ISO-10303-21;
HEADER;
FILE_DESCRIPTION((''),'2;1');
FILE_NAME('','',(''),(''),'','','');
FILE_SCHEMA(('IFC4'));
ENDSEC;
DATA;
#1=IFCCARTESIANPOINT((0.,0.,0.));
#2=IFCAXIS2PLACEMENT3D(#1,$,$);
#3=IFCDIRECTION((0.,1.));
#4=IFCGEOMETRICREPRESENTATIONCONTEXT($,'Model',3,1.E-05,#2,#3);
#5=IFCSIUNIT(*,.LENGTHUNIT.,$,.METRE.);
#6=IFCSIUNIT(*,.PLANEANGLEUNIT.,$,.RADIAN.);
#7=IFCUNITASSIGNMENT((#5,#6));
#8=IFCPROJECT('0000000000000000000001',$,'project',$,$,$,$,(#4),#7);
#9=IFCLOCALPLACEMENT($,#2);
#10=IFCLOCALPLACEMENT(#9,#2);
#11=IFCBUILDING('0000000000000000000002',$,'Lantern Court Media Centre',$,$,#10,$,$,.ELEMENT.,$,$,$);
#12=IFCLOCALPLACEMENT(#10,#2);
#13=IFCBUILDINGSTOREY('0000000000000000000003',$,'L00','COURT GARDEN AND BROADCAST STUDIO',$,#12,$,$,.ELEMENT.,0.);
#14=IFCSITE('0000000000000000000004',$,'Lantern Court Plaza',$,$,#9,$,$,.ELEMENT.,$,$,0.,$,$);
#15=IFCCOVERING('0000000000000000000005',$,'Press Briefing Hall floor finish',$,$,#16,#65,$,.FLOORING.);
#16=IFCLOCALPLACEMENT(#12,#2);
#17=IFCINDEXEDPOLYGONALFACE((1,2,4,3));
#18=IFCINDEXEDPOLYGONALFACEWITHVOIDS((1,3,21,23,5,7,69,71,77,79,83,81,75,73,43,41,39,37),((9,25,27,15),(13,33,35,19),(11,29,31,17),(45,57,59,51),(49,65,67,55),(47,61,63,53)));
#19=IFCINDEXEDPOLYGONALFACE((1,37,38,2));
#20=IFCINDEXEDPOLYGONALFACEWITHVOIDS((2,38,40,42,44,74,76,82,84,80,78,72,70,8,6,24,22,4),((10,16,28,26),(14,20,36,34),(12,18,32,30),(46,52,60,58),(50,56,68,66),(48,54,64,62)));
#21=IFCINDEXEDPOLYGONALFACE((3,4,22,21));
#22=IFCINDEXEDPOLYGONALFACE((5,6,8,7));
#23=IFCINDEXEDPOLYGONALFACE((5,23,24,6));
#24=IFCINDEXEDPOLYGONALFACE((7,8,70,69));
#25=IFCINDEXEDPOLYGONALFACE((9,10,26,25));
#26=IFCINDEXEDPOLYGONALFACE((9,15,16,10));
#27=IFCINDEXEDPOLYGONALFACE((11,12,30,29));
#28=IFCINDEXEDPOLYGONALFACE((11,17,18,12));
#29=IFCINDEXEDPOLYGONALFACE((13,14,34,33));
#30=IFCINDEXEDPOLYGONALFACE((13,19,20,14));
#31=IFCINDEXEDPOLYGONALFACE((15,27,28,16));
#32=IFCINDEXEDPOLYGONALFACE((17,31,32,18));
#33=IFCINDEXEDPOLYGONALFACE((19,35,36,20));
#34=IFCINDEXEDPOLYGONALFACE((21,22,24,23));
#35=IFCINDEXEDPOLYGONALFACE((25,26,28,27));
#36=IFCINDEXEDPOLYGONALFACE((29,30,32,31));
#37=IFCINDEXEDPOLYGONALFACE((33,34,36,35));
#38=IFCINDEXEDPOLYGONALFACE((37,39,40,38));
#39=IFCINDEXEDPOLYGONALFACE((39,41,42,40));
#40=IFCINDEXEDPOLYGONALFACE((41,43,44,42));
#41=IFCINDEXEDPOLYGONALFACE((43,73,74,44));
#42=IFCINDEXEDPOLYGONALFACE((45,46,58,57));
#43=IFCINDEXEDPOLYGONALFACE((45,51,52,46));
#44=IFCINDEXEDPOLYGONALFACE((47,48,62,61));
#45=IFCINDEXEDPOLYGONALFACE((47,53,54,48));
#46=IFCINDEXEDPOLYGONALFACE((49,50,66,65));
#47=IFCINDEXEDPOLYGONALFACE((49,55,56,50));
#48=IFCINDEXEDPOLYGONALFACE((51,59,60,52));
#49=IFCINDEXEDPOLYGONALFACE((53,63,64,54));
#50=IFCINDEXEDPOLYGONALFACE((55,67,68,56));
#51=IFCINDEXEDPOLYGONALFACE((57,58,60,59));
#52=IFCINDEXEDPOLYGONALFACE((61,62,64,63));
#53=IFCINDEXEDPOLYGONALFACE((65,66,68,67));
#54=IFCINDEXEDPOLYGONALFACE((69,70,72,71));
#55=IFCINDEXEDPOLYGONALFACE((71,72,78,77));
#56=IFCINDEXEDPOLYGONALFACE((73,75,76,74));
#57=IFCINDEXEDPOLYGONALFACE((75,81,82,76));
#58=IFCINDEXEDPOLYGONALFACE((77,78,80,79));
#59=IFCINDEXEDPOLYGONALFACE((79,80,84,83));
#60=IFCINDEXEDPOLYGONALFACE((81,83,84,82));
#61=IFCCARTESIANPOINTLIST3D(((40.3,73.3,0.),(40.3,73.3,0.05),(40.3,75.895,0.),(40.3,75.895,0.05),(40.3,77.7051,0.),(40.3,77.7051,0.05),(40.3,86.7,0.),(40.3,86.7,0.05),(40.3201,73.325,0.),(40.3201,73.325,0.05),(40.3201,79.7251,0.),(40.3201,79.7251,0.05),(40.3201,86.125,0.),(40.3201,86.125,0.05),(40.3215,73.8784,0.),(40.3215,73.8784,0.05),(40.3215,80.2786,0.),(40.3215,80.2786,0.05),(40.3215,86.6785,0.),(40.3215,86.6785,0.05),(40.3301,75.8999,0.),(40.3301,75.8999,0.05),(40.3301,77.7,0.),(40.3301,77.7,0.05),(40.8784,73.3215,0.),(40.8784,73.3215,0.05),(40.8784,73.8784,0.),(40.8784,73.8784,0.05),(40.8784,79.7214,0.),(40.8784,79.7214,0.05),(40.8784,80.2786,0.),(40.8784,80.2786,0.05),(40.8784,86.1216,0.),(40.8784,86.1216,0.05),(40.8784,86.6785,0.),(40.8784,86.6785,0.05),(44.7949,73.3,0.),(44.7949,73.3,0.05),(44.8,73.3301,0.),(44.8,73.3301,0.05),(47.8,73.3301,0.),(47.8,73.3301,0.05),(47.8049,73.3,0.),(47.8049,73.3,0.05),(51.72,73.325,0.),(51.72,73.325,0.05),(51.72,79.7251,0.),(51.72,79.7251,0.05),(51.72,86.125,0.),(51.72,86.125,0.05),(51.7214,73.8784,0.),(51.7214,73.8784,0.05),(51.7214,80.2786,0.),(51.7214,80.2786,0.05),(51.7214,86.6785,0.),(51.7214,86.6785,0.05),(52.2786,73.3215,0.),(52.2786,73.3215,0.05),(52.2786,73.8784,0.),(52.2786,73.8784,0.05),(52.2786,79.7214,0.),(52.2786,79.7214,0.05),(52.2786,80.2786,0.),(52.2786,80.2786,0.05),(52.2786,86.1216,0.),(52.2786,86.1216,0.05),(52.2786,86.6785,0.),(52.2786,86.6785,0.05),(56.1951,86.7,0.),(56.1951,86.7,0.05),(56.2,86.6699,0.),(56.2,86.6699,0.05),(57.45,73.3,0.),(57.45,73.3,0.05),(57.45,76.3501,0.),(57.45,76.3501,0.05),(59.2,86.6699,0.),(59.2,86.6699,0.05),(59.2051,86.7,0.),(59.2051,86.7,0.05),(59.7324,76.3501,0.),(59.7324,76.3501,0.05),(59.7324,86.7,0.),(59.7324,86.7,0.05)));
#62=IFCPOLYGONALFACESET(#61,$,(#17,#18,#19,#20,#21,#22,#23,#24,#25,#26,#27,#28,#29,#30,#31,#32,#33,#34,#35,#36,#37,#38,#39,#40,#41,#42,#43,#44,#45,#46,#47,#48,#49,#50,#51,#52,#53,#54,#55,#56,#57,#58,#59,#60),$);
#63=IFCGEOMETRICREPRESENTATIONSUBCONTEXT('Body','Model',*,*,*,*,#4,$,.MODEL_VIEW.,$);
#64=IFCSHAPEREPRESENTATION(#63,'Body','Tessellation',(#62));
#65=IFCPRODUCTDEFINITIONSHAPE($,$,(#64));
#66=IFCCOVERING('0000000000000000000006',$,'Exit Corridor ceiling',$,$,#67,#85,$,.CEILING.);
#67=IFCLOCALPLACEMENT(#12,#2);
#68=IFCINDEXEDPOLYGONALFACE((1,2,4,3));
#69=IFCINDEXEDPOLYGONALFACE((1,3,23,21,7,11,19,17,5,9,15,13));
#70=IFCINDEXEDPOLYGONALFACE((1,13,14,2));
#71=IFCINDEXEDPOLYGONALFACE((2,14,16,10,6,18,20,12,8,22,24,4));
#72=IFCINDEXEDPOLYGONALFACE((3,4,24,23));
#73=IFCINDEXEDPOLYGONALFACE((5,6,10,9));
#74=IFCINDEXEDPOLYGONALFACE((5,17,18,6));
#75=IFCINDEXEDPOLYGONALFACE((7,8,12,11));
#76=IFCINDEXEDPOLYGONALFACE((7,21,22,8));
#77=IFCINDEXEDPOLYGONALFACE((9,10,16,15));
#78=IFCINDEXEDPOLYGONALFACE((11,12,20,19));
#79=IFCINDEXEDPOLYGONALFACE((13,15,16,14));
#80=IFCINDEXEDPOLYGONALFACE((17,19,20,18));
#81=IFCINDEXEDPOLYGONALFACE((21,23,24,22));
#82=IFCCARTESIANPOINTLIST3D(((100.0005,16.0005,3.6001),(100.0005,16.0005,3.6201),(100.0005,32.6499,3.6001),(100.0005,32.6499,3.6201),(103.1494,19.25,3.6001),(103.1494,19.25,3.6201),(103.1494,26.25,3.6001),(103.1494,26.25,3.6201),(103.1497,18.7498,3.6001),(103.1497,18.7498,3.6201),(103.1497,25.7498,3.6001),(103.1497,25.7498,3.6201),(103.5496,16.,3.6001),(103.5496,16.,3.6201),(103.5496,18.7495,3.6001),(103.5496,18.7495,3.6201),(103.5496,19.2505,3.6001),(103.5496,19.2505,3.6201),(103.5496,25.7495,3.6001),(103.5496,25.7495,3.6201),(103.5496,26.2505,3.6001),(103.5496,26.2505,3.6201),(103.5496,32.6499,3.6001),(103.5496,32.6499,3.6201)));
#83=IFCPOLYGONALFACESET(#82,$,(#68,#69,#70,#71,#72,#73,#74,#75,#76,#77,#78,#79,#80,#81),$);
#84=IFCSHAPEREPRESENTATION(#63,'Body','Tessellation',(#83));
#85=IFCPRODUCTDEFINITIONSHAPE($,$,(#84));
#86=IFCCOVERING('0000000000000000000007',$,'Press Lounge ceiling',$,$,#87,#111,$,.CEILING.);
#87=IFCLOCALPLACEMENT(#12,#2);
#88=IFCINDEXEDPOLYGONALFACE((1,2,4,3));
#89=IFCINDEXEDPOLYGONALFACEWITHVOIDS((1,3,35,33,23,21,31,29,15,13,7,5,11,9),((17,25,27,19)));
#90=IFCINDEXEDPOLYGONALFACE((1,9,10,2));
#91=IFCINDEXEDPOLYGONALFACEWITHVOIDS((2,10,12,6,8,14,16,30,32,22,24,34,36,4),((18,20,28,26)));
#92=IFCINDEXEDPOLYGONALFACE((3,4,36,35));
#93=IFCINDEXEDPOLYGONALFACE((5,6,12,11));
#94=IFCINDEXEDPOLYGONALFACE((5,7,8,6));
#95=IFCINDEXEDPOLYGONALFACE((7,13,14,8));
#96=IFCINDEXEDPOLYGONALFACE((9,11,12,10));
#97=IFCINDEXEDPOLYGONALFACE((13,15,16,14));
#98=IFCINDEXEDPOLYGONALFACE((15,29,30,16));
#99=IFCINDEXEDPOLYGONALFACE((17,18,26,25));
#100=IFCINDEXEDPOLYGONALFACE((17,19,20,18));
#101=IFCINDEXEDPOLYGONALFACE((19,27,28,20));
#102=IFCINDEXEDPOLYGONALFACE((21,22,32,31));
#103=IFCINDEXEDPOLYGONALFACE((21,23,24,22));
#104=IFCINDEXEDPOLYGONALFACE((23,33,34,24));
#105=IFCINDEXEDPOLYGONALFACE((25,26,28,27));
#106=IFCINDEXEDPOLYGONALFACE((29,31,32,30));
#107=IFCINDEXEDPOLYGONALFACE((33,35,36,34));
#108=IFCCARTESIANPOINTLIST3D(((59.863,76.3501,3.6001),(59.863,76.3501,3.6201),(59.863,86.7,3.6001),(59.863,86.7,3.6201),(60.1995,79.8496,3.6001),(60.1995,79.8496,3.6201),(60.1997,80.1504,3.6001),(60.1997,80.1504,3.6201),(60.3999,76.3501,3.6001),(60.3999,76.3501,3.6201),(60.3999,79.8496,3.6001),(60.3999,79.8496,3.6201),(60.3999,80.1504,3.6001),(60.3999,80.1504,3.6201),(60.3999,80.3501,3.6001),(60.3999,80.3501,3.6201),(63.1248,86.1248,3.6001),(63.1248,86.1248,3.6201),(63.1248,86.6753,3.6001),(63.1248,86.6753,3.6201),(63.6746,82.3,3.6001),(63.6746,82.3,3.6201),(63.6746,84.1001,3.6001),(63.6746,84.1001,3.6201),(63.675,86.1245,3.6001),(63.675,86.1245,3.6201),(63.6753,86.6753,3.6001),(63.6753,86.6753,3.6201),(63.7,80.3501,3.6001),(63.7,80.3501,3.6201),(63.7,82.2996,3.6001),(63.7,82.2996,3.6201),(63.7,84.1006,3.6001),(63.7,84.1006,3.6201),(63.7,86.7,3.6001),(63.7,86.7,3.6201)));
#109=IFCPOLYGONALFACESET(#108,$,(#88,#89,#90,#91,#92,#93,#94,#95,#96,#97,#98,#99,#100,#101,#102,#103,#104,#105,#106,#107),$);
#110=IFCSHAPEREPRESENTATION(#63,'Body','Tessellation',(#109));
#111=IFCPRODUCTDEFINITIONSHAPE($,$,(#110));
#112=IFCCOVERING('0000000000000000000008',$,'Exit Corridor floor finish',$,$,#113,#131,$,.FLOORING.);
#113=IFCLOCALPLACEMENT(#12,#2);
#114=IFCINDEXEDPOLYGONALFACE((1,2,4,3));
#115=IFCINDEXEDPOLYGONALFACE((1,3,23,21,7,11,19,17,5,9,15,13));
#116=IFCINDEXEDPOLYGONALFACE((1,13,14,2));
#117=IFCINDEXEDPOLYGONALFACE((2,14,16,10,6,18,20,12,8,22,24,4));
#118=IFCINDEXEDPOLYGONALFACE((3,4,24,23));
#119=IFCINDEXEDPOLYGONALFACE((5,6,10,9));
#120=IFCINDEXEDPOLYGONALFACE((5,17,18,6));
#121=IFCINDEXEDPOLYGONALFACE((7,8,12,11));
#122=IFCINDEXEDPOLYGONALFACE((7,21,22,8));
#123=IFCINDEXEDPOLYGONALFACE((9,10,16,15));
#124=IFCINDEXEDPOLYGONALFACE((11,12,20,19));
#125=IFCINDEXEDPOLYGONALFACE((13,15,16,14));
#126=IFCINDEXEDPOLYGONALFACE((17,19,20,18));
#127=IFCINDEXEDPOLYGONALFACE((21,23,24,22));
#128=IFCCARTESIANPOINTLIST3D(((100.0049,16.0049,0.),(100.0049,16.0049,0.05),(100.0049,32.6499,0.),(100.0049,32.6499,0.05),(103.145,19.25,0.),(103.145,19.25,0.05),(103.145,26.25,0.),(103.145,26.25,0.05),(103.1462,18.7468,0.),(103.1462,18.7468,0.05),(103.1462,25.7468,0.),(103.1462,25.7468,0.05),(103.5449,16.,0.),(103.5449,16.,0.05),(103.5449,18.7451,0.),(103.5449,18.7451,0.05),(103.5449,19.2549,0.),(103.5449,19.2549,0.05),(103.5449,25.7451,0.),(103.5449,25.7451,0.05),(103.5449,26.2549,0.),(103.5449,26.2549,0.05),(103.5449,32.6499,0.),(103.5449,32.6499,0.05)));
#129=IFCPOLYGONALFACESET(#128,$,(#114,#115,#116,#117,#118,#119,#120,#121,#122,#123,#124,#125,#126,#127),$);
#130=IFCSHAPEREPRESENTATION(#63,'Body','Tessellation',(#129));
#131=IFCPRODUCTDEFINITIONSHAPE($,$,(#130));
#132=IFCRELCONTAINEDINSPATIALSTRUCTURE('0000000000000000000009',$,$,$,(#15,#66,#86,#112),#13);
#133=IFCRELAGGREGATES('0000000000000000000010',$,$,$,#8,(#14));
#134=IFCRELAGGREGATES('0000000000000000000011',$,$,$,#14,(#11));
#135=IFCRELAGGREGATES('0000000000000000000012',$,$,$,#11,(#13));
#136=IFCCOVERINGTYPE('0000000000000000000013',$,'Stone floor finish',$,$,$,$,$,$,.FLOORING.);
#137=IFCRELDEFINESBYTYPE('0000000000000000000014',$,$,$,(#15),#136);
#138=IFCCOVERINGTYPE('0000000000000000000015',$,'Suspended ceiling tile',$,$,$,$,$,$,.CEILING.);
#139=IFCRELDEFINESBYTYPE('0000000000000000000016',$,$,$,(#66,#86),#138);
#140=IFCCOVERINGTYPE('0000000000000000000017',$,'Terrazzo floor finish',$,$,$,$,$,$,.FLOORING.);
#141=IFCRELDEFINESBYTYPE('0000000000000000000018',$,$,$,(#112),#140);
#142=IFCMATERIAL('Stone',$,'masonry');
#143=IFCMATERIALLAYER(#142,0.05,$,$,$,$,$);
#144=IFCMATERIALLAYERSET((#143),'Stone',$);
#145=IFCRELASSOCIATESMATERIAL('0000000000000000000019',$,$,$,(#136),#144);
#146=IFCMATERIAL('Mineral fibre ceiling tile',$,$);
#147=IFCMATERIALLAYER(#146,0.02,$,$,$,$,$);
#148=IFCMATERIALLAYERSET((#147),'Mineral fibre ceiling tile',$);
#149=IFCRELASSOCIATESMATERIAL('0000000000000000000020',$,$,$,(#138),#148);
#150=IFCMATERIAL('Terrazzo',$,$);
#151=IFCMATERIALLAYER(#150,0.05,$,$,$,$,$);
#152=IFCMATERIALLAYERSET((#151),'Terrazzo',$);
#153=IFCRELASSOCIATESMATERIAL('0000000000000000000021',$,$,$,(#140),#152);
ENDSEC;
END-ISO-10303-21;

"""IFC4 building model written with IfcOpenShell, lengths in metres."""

from ifc_helpers import new_model, si_unit, direction, frame, origin, place, context, subcontext, project, spatial, polyline, outline, extrude, material, layer, layer_set, type_object, element, save


model = new_model("IFC4")

# Units and contexts
model_context = context("Model", 3, precision=1e-05, world=origin(), true_north=direction((0.0, 1.0)))
body_context = subcontext(model_context, "Body", "Model", "MODEL_VIEW")
ifc_project = project(units=[si_unit("LENGTHUNIT", "METRE"), si_unit("PLANEANGLEUNIT", "RADIAN")], contexts=[model_context])

# Site, building, storey
site_placement = place(None, origin())
site = spatial("IfcSite", under=ifc_project, at=site_placement, Name="Lantern Court Plaza", CompositionType="ELEMENT", RefElevation=0.0)
building_placement = place(site_placement, origin())
building = spatial("IfcBuilding", under=site, at=building_placement, Name="Lantern Court Media Centre", CompositionType="ELEMENT")
storey_placement = place(building_placement, origin())
storey = spatial("IfcBuildingStorey", under=building, at=storey_placement, Name="L00", Description="COURT GARDEN AND BROADCAST STUDIO", CompositionType="ELEMENT", Elevation=0.0)

# Coverings
ifc_material_1 = material(Name="Stone", Category="masonry")
ifc_layer_1 = layer(ifc_material_1, 0.05)
ifc_layer_set_1 = layer_set([ifc_layer_1], Name="Stone")
covering_type_1 = type_object("IfcCoveringType", Name="Stone floor finish", PredefinedType="FLOORING", material=ifc_layer_set_1)
covering_1_placement = place(storey_placement, origin())
element("IfcCovering", 1, at=covering_1_placement, inside=storey, type_object=covering_type_1, Name="Press Briefing Hall floor finish", PredefinedType="FLOORING", context=body_context, shape_type="SweptSolid", body=[
    extrude(outline(polyline([(57.45, 76.3501), (57.45, 73.3), (47.8049, 73.3), (47.8, 73.3301), (44.8, 73.3301), (44.7949, 73.3), (40.3, 73.3), (40.3, 75.895), (40.3301, 75.8999), (40.3301, 77.7), (40.3, 77.7051), (40.3, 86.7), (56.1951, 86.7), (56.2, 86.6699), (59.2, 86.6699), (59.2051, 86.7), (59.7324, 86.7), (59.7324, 76.3501), (57.45, 76.3501)]), holes=[polyline([(51.72, 86.125), (52.2786, 86.1216), (52.2786, 86.6785), (51.7214, 86.6785), (51.72, 86.125)]), polyline([(51.72, 79.7251), (52.2786, 79.7214), (52.2786, 80.2786), (51.7214, 80.2786), (51.72, 79.7251)]), polyline([(51.72, 73.325), (52.2786, 73.3215), (52.2786, 73.8784), (51.7214, 73.8784), (51.72, 73.325)]), polyline([(40.3201, 86.125), (40.8784, 86.1216), (40.8784, 86.6785), (40.3215, 86.6785), (40.3201, 86.125)]), polyline([(40.3201, 79.7251), (40.8784, 79.7214), (40.8784, 80.2786), (40.3215, 80.2786), (40.3201, 79.7251)]), polyline([(40.3201, 73.325), (40.8784, 73.3215), (40.8784, 73.8784), (40.3215, 73.8784), (40.3201, 73.325)])]), origin(), (0.0, 0.0, 1.0), 0.05),
])
ifc_material_2 = material(Name="Mineral fibre ceiling tile")
ifc_layer_2 = layer(ifc_material_2, 0.02)
ifc_layer_set_2 = layer_set([ifc_layer_2], Name="Mineral fibre ceiling tile")
covering_type_2 = type_object("IfcCoveringType", Name="Suspended ceiling tile", PredefinedType="CEILING", material=ifc_layer_set_2)
covering_2_placement = place(storey_placement, frame((0.0, 0.0, 3.6001)))
element("IfcCovering", 2, at=covering_2_placement, inside=storey, type_object=covering_type_2, Name="Exit Corridor ceiling", PredefinedType="CEILING", context=body_context, shape_type="SweptSolid", body=[
    extrude(outline(polyline([(103.5496, 32.6499), (103.5496, 26.2505), (103.1494, 26.25), (103.1497, 25.7498), (103.5496, 25.7495), (103.5496, 19.2505), (103.1494, 19.25), (103.1497, 18.7498), (103.5496, 18.7495), (103.5496, 16.0), (100.0005, 16.0005), (100.0005, 32.6499), (103.5496, 32.6499)])), origin(), (0.0, 0.0, 1.0), 0.02),
])
covering_3_placement = place(storey_placement, frame((0.0, 0.0, 3.6001)))
element("IfcCovering", 3, at=covering_3_placement, inside=storey, type_object=covering_type_2, Name="Press Lounge ceiling", PredefinedType="CEILING", context=body_context, shape_type="SweptSolid", body=[
    extrude(outline(polyline([(60.3999, 76.3501), (59.863, 76.3501), (59.863, 86.7), (63.7, 86.7), (63.7, 84.1006), (63.6746, 84.1001), (63.6746, 82.3), (63.7, 82.2996), (63.7, 80.3501), (60.3999, 80.3501), (60.3999, 80.1504), (60.1997, 80.1504), (60.1995, 79.8496), (60.3999, 79.8496), (60.3999, 76.3501)]), holes=[polyline([(63.675, 86.1245), (63.6753, 86.6753), (63.1248, 86.6753), (63.1248, 86.1248), (63.675, 86.1245)])]), origin(), (0.0, 0.0, 1.0), 0.02),
])
ifc_material_3 = material(Name="Terrazzo")
ifc_layer_3 = layer(ifc_material_3, 0.05)
ifc_layer_set_3 = layer_set([ifc_layer_3], Name="Terrazzo")
covering_type_3 = type_object("IfcCoveringType", Name="Terrazzo floor finish", PredefinedType="FLOORING", material=ifc_layer_set_3)
covering_4_placement = place(storey_placement, origin())
element("IfcCovering", 4, at=covering_4_placement, inside=storey, type_object=covering_type_3, Name="Exit Corridor floor finish", PredefinedType="FLOORING", context=body_context, shape_type="SweptSolid", body=[
    extrude(outline(polyline([(103.5449, 32.6499), (103.5449, 26.2549), (103.145, 26.25), (103.1462, 25.7468), (103.5449, 25.7451), (103.5449, 19.2549), (103.145, 19.25), (103.1462, 18.7468), (103.5449, 18.7451), (103.5449, 16.0), (100.0049, 16.0049), (100.0049, 32.6499), (103.5449, 32.6499)])), origin(), (0.0, 0.0, 1.0), 0.05),
])

save(model, "model.ifc")
